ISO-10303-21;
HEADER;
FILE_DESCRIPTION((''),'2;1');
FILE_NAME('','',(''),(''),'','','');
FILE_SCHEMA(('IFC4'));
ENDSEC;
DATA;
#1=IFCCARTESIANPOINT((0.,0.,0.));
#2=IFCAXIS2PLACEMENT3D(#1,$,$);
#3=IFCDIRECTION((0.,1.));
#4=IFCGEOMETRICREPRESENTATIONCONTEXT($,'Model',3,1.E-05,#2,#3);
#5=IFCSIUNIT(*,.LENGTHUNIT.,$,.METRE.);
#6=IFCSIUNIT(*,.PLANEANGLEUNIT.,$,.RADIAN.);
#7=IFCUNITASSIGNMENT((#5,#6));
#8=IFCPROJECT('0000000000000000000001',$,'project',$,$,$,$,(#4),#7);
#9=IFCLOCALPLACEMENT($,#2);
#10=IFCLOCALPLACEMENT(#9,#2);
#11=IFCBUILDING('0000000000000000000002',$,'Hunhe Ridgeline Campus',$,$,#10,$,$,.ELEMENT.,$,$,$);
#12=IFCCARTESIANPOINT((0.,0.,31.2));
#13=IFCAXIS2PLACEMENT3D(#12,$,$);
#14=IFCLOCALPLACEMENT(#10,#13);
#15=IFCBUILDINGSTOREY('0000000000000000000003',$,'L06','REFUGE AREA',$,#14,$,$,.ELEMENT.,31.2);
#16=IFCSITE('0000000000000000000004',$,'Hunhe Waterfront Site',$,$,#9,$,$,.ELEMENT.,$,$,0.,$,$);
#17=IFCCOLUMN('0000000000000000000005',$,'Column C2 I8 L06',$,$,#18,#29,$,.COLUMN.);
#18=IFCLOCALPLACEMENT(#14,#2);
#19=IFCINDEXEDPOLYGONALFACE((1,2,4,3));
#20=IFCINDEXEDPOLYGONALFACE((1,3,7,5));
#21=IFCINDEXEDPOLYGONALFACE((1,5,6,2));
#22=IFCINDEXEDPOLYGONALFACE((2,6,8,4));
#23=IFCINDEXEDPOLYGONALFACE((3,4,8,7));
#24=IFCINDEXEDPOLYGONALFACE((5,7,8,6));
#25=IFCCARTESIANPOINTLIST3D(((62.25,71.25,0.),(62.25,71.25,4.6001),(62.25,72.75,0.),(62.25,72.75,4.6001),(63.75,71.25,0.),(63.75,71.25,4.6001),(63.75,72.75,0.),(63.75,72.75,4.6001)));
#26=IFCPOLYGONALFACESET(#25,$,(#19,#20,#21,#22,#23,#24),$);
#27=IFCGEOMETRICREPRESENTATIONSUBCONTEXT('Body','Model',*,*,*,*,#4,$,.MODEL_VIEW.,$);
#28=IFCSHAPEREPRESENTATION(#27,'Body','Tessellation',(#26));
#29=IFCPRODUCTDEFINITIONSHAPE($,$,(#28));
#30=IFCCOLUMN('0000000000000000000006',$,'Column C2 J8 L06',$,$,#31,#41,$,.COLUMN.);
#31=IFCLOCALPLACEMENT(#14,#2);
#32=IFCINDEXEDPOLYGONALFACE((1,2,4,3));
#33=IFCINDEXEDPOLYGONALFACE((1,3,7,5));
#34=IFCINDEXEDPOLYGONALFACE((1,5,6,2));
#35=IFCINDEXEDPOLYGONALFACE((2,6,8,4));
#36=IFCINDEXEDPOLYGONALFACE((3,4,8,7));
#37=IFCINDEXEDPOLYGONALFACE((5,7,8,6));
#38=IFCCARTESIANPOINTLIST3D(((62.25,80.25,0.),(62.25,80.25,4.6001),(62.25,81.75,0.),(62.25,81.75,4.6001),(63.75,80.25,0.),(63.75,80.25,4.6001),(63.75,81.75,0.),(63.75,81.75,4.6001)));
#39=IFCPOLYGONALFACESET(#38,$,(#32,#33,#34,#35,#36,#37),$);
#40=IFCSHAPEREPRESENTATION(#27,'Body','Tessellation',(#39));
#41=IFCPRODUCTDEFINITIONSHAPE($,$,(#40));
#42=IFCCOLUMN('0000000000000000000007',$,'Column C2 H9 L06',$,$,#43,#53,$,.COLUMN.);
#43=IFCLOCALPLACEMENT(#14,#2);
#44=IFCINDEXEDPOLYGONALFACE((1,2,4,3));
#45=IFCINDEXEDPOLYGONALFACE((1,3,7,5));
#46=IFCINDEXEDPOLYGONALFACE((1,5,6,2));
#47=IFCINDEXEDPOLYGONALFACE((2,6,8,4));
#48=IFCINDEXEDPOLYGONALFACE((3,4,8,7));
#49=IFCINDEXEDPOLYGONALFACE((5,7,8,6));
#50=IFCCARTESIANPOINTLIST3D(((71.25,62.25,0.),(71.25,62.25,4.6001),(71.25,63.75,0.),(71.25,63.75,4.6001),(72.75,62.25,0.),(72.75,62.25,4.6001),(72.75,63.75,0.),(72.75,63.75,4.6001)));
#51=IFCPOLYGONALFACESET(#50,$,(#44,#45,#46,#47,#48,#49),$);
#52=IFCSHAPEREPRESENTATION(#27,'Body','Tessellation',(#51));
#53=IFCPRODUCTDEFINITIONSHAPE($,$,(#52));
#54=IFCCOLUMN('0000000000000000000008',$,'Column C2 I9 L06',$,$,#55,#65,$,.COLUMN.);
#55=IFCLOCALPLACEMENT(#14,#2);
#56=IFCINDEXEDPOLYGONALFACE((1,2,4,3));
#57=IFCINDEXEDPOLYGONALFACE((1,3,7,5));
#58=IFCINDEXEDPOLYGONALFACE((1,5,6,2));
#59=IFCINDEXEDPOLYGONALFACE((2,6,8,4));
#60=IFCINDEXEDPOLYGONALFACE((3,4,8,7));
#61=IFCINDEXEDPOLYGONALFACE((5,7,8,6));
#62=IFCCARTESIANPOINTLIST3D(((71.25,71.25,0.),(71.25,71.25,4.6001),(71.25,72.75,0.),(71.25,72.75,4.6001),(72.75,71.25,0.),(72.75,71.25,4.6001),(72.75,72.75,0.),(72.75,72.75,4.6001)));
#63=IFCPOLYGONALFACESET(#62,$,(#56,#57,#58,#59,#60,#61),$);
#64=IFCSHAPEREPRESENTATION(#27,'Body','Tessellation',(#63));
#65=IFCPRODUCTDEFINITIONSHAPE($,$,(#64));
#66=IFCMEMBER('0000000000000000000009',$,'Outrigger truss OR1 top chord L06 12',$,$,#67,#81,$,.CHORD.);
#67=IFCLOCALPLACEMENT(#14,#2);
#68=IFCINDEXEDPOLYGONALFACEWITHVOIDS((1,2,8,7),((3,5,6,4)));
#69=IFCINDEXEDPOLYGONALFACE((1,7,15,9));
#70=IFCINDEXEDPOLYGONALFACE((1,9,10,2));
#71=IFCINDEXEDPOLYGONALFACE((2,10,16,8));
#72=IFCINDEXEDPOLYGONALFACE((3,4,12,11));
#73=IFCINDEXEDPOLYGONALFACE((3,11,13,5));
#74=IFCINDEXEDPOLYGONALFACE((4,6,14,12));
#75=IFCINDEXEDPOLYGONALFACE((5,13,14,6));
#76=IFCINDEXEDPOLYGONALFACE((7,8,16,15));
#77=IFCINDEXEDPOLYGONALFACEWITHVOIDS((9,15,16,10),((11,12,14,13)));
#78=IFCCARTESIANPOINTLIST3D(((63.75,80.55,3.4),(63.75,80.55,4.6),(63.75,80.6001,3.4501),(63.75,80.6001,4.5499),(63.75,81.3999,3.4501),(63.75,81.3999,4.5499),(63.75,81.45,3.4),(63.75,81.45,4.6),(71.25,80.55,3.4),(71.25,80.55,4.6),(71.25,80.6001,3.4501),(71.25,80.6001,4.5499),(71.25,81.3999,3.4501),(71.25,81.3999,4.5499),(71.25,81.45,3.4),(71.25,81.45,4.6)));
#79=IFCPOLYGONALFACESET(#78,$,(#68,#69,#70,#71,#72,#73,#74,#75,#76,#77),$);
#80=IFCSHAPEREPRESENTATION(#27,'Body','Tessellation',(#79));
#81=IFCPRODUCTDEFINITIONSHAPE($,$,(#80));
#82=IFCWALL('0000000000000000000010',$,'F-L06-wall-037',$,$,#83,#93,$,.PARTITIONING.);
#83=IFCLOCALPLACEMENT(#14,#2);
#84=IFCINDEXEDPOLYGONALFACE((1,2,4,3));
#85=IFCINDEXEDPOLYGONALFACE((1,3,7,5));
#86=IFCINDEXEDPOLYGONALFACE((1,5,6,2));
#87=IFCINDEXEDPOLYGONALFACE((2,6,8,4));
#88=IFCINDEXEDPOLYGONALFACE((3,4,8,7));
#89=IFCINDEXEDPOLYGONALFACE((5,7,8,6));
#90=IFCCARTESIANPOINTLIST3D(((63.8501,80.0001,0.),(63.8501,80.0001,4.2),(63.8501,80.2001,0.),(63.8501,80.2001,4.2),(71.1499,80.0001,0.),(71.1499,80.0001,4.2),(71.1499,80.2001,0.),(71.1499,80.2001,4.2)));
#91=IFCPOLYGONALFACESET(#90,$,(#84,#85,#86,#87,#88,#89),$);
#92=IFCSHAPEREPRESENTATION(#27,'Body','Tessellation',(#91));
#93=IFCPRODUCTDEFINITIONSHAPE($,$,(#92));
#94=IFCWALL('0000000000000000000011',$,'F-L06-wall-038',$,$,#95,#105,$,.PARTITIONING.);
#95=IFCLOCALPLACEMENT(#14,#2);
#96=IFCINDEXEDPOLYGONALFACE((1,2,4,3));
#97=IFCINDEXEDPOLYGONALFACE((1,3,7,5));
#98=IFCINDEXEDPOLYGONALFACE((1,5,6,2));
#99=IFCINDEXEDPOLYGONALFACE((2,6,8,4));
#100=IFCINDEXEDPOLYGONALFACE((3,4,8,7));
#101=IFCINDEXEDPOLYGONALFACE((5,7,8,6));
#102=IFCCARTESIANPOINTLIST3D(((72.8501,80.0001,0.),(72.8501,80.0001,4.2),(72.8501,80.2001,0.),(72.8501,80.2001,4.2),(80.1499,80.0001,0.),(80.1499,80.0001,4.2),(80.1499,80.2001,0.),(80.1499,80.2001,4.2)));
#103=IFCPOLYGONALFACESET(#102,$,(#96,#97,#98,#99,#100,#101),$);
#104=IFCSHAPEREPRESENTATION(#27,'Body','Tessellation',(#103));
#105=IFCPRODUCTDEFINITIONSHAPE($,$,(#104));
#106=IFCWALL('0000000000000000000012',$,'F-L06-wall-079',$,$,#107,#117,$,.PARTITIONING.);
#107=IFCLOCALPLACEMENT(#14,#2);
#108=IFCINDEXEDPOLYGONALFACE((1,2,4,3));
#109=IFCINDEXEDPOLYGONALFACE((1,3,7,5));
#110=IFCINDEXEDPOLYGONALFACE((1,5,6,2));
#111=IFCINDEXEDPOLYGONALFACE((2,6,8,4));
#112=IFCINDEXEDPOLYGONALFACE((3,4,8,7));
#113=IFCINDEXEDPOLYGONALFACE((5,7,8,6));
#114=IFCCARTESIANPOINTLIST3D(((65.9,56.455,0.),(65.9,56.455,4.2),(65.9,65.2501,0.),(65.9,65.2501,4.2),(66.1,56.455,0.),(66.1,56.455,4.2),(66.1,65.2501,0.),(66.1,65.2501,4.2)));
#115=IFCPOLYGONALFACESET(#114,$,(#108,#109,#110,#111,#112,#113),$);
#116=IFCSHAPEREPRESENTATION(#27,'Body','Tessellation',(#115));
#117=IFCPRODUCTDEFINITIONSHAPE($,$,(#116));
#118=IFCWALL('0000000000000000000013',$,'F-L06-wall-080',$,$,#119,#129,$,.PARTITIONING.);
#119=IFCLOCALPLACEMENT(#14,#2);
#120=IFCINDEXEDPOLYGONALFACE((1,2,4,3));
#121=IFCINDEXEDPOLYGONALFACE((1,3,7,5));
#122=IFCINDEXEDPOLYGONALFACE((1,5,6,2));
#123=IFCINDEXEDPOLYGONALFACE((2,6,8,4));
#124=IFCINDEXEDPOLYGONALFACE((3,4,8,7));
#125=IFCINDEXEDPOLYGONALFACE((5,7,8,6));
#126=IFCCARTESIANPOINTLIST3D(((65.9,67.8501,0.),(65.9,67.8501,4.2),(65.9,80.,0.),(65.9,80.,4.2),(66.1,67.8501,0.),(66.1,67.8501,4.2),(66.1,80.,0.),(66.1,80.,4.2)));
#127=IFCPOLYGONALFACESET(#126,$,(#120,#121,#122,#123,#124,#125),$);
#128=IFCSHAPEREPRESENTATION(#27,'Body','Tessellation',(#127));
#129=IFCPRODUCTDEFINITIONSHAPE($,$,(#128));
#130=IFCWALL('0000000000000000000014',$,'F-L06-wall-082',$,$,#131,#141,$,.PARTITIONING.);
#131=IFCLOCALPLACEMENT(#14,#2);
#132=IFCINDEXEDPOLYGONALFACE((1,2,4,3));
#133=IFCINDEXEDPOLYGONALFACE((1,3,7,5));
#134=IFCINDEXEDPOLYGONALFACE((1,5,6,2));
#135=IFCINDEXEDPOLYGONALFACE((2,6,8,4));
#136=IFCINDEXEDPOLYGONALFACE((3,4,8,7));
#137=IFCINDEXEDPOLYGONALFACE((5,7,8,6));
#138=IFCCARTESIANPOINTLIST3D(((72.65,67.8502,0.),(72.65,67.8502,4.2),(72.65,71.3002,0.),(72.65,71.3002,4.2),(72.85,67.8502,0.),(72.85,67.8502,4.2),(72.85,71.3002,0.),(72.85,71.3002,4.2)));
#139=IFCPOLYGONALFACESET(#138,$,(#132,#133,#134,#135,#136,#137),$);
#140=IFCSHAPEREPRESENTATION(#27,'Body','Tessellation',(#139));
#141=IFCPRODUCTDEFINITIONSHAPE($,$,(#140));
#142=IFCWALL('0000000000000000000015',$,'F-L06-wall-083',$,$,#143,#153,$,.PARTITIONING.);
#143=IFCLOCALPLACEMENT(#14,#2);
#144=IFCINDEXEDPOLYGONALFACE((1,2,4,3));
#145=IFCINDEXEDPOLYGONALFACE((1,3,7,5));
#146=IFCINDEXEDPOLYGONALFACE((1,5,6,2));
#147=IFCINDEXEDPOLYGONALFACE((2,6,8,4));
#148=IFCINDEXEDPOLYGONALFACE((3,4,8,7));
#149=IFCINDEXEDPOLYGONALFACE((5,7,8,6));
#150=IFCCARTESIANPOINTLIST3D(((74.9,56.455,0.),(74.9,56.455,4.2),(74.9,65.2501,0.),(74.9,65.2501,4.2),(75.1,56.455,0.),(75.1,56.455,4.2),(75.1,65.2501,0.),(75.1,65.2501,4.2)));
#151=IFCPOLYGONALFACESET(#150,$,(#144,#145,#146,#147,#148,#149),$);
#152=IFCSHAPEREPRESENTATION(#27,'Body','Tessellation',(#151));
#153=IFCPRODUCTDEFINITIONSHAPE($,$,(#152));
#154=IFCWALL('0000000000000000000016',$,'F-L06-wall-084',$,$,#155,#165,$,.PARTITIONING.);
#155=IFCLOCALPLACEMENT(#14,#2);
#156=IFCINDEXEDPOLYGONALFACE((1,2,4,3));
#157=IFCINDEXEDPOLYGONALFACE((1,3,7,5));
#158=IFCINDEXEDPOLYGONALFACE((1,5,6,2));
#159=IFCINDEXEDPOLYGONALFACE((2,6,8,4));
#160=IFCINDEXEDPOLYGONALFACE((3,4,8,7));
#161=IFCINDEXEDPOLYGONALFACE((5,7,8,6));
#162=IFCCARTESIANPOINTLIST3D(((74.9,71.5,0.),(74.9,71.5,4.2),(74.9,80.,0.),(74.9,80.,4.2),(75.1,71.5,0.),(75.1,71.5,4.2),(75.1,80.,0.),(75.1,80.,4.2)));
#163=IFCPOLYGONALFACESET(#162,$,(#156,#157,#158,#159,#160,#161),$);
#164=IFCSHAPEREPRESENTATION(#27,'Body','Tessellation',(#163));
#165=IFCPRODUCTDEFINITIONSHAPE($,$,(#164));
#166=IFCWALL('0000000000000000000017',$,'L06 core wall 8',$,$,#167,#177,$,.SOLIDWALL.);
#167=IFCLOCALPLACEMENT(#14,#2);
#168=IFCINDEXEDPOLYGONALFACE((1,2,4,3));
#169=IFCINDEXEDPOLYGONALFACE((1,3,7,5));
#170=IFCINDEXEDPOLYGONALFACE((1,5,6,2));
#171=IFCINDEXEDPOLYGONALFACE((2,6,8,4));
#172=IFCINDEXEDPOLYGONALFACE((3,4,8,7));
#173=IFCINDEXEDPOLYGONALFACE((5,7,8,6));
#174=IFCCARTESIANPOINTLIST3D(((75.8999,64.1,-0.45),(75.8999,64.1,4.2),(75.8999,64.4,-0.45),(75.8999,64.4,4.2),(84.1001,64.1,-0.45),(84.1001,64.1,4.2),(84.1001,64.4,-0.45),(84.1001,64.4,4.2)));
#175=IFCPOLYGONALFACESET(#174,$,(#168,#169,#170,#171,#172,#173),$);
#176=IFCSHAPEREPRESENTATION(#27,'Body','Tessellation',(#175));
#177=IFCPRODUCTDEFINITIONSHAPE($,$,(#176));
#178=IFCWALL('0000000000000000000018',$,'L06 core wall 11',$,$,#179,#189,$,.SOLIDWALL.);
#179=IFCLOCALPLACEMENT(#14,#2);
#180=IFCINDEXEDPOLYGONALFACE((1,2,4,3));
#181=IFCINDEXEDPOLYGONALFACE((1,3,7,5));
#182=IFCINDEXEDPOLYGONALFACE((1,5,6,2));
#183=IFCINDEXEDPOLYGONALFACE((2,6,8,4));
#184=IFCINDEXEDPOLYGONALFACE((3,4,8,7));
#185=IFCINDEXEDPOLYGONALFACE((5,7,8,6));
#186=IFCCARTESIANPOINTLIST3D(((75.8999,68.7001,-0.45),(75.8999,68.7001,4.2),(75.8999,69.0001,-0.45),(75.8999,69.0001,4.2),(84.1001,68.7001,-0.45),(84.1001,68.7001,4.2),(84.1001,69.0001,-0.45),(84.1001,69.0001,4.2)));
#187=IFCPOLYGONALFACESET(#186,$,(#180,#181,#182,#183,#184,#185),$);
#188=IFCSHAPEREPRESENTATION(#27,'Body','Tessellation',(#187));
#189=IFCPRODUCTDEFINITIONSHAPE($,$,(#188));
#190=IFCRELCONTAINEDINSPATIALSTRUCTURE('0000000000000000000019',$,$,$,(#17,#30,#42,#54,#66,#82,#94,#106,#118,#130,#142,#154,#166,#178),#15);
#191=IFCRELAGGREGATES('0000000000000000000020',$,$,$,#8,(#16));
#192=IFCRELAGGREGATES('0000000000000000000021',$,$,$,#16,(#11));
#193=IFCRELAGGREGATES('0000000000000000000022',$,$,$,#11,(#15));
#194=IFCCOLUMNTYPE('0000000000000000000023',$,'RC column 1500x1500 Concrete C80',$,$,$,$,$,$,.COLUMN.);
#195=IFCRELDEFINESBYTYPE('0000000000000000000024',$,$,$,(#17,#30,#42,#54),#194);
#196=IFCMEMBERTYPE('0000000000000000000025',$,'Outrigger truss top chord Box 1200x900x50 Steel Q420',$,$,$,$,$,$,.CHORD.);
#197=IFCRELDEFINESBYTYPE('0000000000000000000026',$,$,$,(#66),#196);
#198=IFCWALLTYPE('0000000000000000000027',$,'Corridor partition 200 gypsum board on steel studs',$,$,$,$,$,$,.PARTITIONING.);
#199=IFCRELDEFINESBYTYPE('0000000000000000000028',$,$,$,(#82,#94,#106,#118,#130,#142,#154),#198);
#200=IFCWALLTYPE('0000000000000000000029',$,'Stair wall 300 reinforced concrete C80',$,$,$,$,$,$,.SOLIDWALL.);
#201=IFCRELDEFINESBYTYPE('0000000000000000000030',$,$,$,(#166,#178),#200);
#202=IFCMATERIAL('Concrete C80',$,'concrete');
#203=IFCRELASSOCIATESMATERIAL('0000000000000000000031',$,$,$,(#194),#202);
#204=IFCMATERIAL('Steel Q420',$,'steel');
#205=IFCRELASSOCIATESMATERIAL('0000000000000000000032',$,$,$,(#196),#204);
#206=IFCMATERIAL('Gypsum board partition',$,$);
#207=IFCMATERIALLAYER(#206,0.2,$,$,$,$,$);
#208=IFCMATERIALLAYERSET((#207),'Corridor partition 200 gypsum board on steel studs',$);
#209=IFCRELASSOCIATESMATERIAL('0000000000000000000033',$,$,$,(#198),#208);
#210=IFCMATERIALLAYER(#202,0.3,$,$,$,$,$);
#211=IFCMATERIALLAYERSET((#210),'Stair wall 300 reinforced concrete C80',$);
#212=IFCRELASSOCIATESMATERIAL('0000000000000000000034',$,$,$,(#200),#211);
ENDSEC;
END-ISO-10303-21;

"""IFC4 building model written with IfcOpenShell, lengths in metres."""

from ifc_helpers import new_model, si_unit, direction, frame, frame_2d, origin, origin_2d, place, context, subcontext, project, spatial, rectangle, hollow_rectangle, extrude, material, layer, layer_set, material_profile, profile_set, type_object, element, save


model = new_model("IFC4")

# Units and contexts
model_context = context("Model", 3, precision=1e-05, world=origin(), true_north=direction((0.0, 1.0)))
body_context = subcontext(model_context, "Body", "Model", "MODEL_VIEW")
ifc_project = project(units=[si_unit("LENGTHUNIT", "METRE"), si_unit("PLANEANGLEUNIT", "RADIAN")], contexts=[model_context])

# Site, building, storey
site_placement = place(None, origin())
site = spatial("IfcSite", under=ifc_project, at=site_placement, Name="Hunhe Waterfront Site", CompositionType="ELEMENT", RefElevation=0.0)
building_placement = place(site_placement, origin())
building = spatial("IfcBuilding", under=site, at=building_placement, Name="Hunhe Ridgeline Campus", CompositionType="ELEMENT")
storey_placement = place(building_placement, frame((0.0, 0.0, 31.2)))
storey = spatial("IfcBuildingStorey", under=building, at=storey_placement, Name="L06", Description="REFUGE AREA", CompositionType="ELEMENT", Elevation=31.2)

# Columns
ifc_material_1 = material(Name="Concrete C80", Category="concrete")
ifc_material_profile_1 = material_profile(ifc_material_1, rectangle(XDim=1.5, YDim=1.5, at=origin_2d()))
ifc_profile_set_1 = profile_set([ifc_material_profile_1], Name="Concrete C80")
column_type = type_object("IfcColumnType", Name="RC column 1500x1500 Concrete C80", PredefinedType="COLUMN", material=ifc_profile_set_1)
for number, where, z_axis, x_axis, name in (
    (1, (63.0, 72.0, 0.0), (0.0, 0.0, 1.0), (1.0, 0.0, 0.0), "Column C2 I8 L06"),
    (2, (63.0, 81.0, 0.0), (0.0, 0.0, 1.0), (1.0, 0.0, 0.0), "Column C2 J8 L06"),
    (3, (72.0, 63.0, 0.0), (0.0, 0.0, 1.0), (1.0, 0.0, 0.0), "Column C2 H9 L06"),
    (4, (72.0, 72.0, 0.0), (0.0, 0.0, 1.0), (1.0, 0.0, 0.0), "Column C2 I9 L06"),
):
    element("IfcColumn", number, at=place(storey_placement, frame(where, z_axis=z_axis, x_axis=x_axis)), inside=storey, type_object=column_type, Name=name, PredefinedType="COLUMN", context=body_context, shape_type="SweptSolid", body=[
        extrude(rectangle(XDim=1.5, YDim=1.5, at=origin_2d()), origin(), (0.0, 0.0, 1.0), 4.6001),
    ])

# Member
ifc_material_2 = material(Name="Steel Q420", Category="steel")
ifc_material_profile_2 = material_profile(ifc_material_2, hollow_rectangle(XDim=0.8999, YDim=1.2, WallThickness=0.05, at=origin_2d()))
ifc_profile_set_2 = profile_set([ifc_material_profile_2], Name="Steel Q420")
member_type = type_object("IfcMemberType", Name="Outrigger truss top chord Box 1200x900x50 Steel Q420", PredefinedType="CHORD", material=ifc_profile_set_2)
member_placement = place(storey_placement, frame((63.75, 81.0, 4.0), z_axis=(1.0, 0.0, 0.0), x_axis=(0.0, 1.0, 0.0)))
element("IfcMember", 5, at=member_placement, inside=storey, type_object=member_type, Name="Outrigger truss OR1 top chord L06 12", PredefinedType="CHORD", context=body_context, shape_type="SweptSolid", body=[
    extrude(hollow_rectangle(XDim=0.8999, YDim=1.2, WallThickness=0.05, at=origin_2d()), origin(), (0.0, 0.0, 1.0), 7.5),
])

# Shared definitions
ifc_material_3 = material(Name="Gypsum board partition")
ifc_layer_1 = layer(ifc_material_3, 0.2)
ifc_layer_set_1 = layer_set([ifc_layer_1], Name="Corridor partition 200 gypsum board on steel studs")
wall_type_1 = type_object("IfcWallType", Name="Corridor partition 200 gypsum board on steel studs", PredefinedType="PARTITIONING", material=ifc_layer_set_1)

# Walls
for number, where, z_axis, x_axis, name in (
    (6, (63.8501, 80.1001, 0.0), (0.0, 0.0, 1.0), (1.0, 0.0, 0.0), "F-L06-wall-037"),
    (7, (72.8501, 80.1001, 0.0), (0.0, 0.0, 1.0), (1.0, 0.0, 0.0), "F-L06-wall-038"),
):
    element("IfcWall", number, at=place(storey_placement, frame(where, z_axis=z_axis, x_axis=x_axis)), inside=storey, type_object=wall_type_1, Name=name, PredefinedType="PARTITIONING", context=body_context, shape_type="SweptSolid", body=[
        extrude(rectangle(XDim=7.2998, YDim=0.2, at=frame_2d((3.6499, 0.0))), origin(), (0.0, 0.0, 1.0), 4.2),
    ])
wall_1_placement = place(storey_placement, frame((66.0, 65.25, 0.0), z_axis=(0.0, 0.0, 1.0), x_axis=(0.0, -1.0, 0.0)))
element("IfcWall", 8, at=wall_1_placement, inside=storey, type_object=wall_type_1, Name="F-L06-wall-079", PredefinedType="PARTITIONING", context=body_context, shape_type="SweptSolid", body=[
    extrude(rectangle(XDim=8.7952, YDim=0.2, at=frame_2d((4.3975, 0.0))), origin(), (0.0, 0.0, 1.0), 4.2),
])
wall_2_placement = place(storey_placement, frame((66.0, 80.0, 0.0), z_axis=(0.0, 0.0, 1.0), x_axis=(0.0, -1.0, 0.0)))
element("IfcWall", 9, at=wall_2_placement, inside=storey, type_object=wall_type_1, Name="F-L06-wall-080", PredefinedType="PARTITIONING", context=body_context, shape_type="SweptSolid", body=[
    extrude(rectangle(XDim=12.1499, YDim=0.2, at=frame_2d((6.075, 0.0))), origin(), (0.0, 0.0, 1.0), 4.2),
])
wall_3_placement = place(storey_placement, frame((72.75, 67.8501, 0.0), z_axis=(0.0, 0.0, 1.0), x_axis=(0.0, 1.0, 0.0)))
element("IfcWall", 10, at=wall_3_placement, inside=storey, type_object=wall_type_1, Name="F-L06-wall-082", PredefinedType="PARTITIONING", context=body_context, shape_type="SweptSolid", body=[
    extrude(rectangle(XDim=3.45, YDim=0.2, at=frame_2d((1.7251, 0.0))), origin(), (0.0, 0.0, 1.0), 4.2),
])
wall_4_placement = place(storey_placement, frame((75.0, 65.25, 0.0), z_axis=(0.0, 0.0, 1.0), x_axis=(0.0, -1.0, 0.0)))
element("IfcWall", 11, at=wall_4_placement, inside=storey, type_object=wall_type_1, Name="F-L06-wall-083", PredefinedType="PARTITIONING", context=body_context, shape_type="SweptSolid", body=[
    extrude(rectangle(XDim=8.7952, YDim=0.2, at=frame_2d((4.3975, 0.0))), origin(), (0.0, 0.0, 1.0), 4.2),
])
wall_5_placement = place(storey_placement, frame((75.0, 80.0, 0.0), z_axis=(0.0, 0.0, 1.0), x_axis=(0.0, -1.0, 0.0)))
element("IfcWall", 12, at=wall_5_placement, inside=storey, type_object=wall_type_1, Name="F-L06-wall-084", PredefinedType="PARTITIONING", context=body_context, shape_type="SweptSolid", body=[
    extrude(rectangle(XDim=8.5, YDim=0.2, at=frame_2d((4.25, 0.0))), origin(), (0.0, 0.0, 1.0), 4.2),
])
ifc_layer_2 = layer(ifc_material_1, 0.3)
ifc_layer_set_2 = layer_set([ifc_layer_2], Name="Stair wall 300 reinforced concrete C80")
wall_type_2 = type_object("IfcWallType", Name="Stair wall 300 reinforced concrete C80", PredefinedType="SOLIDWALL", material=ifc_layer_set_2)
for number, where, z_axis, x_axis, name in (
    (13, (75.8999, 64.25, -0.45), (0.0, 0.0, 1.0), (1.0, 0.0, 0.0), "L06 core wall 8"),
    (14, (75.8999, 68.8501, -0.45), (0.0, 0.0, 1.0), (1.0, 0.0, 0.0), "L06 core wall 11"),
):
    element("IfcWall", number, at=place(storey_placement, frame(where, z_axis=z_axis, x_axis=x_axis)), inside=storey, type_object=wall_type_2, Name=name, PredefinedType="SOLIDWALL", context=body_context, shape_type="SweptSolid", body=[
        extrude(rectangle(XDim=8.2002, YDim=0.3, at=frame_2d((4.1001, 0.0))), origin(), (0.0, 0.0, 1.0), 4.6499),
    ])

save(model, "model.ifc")
